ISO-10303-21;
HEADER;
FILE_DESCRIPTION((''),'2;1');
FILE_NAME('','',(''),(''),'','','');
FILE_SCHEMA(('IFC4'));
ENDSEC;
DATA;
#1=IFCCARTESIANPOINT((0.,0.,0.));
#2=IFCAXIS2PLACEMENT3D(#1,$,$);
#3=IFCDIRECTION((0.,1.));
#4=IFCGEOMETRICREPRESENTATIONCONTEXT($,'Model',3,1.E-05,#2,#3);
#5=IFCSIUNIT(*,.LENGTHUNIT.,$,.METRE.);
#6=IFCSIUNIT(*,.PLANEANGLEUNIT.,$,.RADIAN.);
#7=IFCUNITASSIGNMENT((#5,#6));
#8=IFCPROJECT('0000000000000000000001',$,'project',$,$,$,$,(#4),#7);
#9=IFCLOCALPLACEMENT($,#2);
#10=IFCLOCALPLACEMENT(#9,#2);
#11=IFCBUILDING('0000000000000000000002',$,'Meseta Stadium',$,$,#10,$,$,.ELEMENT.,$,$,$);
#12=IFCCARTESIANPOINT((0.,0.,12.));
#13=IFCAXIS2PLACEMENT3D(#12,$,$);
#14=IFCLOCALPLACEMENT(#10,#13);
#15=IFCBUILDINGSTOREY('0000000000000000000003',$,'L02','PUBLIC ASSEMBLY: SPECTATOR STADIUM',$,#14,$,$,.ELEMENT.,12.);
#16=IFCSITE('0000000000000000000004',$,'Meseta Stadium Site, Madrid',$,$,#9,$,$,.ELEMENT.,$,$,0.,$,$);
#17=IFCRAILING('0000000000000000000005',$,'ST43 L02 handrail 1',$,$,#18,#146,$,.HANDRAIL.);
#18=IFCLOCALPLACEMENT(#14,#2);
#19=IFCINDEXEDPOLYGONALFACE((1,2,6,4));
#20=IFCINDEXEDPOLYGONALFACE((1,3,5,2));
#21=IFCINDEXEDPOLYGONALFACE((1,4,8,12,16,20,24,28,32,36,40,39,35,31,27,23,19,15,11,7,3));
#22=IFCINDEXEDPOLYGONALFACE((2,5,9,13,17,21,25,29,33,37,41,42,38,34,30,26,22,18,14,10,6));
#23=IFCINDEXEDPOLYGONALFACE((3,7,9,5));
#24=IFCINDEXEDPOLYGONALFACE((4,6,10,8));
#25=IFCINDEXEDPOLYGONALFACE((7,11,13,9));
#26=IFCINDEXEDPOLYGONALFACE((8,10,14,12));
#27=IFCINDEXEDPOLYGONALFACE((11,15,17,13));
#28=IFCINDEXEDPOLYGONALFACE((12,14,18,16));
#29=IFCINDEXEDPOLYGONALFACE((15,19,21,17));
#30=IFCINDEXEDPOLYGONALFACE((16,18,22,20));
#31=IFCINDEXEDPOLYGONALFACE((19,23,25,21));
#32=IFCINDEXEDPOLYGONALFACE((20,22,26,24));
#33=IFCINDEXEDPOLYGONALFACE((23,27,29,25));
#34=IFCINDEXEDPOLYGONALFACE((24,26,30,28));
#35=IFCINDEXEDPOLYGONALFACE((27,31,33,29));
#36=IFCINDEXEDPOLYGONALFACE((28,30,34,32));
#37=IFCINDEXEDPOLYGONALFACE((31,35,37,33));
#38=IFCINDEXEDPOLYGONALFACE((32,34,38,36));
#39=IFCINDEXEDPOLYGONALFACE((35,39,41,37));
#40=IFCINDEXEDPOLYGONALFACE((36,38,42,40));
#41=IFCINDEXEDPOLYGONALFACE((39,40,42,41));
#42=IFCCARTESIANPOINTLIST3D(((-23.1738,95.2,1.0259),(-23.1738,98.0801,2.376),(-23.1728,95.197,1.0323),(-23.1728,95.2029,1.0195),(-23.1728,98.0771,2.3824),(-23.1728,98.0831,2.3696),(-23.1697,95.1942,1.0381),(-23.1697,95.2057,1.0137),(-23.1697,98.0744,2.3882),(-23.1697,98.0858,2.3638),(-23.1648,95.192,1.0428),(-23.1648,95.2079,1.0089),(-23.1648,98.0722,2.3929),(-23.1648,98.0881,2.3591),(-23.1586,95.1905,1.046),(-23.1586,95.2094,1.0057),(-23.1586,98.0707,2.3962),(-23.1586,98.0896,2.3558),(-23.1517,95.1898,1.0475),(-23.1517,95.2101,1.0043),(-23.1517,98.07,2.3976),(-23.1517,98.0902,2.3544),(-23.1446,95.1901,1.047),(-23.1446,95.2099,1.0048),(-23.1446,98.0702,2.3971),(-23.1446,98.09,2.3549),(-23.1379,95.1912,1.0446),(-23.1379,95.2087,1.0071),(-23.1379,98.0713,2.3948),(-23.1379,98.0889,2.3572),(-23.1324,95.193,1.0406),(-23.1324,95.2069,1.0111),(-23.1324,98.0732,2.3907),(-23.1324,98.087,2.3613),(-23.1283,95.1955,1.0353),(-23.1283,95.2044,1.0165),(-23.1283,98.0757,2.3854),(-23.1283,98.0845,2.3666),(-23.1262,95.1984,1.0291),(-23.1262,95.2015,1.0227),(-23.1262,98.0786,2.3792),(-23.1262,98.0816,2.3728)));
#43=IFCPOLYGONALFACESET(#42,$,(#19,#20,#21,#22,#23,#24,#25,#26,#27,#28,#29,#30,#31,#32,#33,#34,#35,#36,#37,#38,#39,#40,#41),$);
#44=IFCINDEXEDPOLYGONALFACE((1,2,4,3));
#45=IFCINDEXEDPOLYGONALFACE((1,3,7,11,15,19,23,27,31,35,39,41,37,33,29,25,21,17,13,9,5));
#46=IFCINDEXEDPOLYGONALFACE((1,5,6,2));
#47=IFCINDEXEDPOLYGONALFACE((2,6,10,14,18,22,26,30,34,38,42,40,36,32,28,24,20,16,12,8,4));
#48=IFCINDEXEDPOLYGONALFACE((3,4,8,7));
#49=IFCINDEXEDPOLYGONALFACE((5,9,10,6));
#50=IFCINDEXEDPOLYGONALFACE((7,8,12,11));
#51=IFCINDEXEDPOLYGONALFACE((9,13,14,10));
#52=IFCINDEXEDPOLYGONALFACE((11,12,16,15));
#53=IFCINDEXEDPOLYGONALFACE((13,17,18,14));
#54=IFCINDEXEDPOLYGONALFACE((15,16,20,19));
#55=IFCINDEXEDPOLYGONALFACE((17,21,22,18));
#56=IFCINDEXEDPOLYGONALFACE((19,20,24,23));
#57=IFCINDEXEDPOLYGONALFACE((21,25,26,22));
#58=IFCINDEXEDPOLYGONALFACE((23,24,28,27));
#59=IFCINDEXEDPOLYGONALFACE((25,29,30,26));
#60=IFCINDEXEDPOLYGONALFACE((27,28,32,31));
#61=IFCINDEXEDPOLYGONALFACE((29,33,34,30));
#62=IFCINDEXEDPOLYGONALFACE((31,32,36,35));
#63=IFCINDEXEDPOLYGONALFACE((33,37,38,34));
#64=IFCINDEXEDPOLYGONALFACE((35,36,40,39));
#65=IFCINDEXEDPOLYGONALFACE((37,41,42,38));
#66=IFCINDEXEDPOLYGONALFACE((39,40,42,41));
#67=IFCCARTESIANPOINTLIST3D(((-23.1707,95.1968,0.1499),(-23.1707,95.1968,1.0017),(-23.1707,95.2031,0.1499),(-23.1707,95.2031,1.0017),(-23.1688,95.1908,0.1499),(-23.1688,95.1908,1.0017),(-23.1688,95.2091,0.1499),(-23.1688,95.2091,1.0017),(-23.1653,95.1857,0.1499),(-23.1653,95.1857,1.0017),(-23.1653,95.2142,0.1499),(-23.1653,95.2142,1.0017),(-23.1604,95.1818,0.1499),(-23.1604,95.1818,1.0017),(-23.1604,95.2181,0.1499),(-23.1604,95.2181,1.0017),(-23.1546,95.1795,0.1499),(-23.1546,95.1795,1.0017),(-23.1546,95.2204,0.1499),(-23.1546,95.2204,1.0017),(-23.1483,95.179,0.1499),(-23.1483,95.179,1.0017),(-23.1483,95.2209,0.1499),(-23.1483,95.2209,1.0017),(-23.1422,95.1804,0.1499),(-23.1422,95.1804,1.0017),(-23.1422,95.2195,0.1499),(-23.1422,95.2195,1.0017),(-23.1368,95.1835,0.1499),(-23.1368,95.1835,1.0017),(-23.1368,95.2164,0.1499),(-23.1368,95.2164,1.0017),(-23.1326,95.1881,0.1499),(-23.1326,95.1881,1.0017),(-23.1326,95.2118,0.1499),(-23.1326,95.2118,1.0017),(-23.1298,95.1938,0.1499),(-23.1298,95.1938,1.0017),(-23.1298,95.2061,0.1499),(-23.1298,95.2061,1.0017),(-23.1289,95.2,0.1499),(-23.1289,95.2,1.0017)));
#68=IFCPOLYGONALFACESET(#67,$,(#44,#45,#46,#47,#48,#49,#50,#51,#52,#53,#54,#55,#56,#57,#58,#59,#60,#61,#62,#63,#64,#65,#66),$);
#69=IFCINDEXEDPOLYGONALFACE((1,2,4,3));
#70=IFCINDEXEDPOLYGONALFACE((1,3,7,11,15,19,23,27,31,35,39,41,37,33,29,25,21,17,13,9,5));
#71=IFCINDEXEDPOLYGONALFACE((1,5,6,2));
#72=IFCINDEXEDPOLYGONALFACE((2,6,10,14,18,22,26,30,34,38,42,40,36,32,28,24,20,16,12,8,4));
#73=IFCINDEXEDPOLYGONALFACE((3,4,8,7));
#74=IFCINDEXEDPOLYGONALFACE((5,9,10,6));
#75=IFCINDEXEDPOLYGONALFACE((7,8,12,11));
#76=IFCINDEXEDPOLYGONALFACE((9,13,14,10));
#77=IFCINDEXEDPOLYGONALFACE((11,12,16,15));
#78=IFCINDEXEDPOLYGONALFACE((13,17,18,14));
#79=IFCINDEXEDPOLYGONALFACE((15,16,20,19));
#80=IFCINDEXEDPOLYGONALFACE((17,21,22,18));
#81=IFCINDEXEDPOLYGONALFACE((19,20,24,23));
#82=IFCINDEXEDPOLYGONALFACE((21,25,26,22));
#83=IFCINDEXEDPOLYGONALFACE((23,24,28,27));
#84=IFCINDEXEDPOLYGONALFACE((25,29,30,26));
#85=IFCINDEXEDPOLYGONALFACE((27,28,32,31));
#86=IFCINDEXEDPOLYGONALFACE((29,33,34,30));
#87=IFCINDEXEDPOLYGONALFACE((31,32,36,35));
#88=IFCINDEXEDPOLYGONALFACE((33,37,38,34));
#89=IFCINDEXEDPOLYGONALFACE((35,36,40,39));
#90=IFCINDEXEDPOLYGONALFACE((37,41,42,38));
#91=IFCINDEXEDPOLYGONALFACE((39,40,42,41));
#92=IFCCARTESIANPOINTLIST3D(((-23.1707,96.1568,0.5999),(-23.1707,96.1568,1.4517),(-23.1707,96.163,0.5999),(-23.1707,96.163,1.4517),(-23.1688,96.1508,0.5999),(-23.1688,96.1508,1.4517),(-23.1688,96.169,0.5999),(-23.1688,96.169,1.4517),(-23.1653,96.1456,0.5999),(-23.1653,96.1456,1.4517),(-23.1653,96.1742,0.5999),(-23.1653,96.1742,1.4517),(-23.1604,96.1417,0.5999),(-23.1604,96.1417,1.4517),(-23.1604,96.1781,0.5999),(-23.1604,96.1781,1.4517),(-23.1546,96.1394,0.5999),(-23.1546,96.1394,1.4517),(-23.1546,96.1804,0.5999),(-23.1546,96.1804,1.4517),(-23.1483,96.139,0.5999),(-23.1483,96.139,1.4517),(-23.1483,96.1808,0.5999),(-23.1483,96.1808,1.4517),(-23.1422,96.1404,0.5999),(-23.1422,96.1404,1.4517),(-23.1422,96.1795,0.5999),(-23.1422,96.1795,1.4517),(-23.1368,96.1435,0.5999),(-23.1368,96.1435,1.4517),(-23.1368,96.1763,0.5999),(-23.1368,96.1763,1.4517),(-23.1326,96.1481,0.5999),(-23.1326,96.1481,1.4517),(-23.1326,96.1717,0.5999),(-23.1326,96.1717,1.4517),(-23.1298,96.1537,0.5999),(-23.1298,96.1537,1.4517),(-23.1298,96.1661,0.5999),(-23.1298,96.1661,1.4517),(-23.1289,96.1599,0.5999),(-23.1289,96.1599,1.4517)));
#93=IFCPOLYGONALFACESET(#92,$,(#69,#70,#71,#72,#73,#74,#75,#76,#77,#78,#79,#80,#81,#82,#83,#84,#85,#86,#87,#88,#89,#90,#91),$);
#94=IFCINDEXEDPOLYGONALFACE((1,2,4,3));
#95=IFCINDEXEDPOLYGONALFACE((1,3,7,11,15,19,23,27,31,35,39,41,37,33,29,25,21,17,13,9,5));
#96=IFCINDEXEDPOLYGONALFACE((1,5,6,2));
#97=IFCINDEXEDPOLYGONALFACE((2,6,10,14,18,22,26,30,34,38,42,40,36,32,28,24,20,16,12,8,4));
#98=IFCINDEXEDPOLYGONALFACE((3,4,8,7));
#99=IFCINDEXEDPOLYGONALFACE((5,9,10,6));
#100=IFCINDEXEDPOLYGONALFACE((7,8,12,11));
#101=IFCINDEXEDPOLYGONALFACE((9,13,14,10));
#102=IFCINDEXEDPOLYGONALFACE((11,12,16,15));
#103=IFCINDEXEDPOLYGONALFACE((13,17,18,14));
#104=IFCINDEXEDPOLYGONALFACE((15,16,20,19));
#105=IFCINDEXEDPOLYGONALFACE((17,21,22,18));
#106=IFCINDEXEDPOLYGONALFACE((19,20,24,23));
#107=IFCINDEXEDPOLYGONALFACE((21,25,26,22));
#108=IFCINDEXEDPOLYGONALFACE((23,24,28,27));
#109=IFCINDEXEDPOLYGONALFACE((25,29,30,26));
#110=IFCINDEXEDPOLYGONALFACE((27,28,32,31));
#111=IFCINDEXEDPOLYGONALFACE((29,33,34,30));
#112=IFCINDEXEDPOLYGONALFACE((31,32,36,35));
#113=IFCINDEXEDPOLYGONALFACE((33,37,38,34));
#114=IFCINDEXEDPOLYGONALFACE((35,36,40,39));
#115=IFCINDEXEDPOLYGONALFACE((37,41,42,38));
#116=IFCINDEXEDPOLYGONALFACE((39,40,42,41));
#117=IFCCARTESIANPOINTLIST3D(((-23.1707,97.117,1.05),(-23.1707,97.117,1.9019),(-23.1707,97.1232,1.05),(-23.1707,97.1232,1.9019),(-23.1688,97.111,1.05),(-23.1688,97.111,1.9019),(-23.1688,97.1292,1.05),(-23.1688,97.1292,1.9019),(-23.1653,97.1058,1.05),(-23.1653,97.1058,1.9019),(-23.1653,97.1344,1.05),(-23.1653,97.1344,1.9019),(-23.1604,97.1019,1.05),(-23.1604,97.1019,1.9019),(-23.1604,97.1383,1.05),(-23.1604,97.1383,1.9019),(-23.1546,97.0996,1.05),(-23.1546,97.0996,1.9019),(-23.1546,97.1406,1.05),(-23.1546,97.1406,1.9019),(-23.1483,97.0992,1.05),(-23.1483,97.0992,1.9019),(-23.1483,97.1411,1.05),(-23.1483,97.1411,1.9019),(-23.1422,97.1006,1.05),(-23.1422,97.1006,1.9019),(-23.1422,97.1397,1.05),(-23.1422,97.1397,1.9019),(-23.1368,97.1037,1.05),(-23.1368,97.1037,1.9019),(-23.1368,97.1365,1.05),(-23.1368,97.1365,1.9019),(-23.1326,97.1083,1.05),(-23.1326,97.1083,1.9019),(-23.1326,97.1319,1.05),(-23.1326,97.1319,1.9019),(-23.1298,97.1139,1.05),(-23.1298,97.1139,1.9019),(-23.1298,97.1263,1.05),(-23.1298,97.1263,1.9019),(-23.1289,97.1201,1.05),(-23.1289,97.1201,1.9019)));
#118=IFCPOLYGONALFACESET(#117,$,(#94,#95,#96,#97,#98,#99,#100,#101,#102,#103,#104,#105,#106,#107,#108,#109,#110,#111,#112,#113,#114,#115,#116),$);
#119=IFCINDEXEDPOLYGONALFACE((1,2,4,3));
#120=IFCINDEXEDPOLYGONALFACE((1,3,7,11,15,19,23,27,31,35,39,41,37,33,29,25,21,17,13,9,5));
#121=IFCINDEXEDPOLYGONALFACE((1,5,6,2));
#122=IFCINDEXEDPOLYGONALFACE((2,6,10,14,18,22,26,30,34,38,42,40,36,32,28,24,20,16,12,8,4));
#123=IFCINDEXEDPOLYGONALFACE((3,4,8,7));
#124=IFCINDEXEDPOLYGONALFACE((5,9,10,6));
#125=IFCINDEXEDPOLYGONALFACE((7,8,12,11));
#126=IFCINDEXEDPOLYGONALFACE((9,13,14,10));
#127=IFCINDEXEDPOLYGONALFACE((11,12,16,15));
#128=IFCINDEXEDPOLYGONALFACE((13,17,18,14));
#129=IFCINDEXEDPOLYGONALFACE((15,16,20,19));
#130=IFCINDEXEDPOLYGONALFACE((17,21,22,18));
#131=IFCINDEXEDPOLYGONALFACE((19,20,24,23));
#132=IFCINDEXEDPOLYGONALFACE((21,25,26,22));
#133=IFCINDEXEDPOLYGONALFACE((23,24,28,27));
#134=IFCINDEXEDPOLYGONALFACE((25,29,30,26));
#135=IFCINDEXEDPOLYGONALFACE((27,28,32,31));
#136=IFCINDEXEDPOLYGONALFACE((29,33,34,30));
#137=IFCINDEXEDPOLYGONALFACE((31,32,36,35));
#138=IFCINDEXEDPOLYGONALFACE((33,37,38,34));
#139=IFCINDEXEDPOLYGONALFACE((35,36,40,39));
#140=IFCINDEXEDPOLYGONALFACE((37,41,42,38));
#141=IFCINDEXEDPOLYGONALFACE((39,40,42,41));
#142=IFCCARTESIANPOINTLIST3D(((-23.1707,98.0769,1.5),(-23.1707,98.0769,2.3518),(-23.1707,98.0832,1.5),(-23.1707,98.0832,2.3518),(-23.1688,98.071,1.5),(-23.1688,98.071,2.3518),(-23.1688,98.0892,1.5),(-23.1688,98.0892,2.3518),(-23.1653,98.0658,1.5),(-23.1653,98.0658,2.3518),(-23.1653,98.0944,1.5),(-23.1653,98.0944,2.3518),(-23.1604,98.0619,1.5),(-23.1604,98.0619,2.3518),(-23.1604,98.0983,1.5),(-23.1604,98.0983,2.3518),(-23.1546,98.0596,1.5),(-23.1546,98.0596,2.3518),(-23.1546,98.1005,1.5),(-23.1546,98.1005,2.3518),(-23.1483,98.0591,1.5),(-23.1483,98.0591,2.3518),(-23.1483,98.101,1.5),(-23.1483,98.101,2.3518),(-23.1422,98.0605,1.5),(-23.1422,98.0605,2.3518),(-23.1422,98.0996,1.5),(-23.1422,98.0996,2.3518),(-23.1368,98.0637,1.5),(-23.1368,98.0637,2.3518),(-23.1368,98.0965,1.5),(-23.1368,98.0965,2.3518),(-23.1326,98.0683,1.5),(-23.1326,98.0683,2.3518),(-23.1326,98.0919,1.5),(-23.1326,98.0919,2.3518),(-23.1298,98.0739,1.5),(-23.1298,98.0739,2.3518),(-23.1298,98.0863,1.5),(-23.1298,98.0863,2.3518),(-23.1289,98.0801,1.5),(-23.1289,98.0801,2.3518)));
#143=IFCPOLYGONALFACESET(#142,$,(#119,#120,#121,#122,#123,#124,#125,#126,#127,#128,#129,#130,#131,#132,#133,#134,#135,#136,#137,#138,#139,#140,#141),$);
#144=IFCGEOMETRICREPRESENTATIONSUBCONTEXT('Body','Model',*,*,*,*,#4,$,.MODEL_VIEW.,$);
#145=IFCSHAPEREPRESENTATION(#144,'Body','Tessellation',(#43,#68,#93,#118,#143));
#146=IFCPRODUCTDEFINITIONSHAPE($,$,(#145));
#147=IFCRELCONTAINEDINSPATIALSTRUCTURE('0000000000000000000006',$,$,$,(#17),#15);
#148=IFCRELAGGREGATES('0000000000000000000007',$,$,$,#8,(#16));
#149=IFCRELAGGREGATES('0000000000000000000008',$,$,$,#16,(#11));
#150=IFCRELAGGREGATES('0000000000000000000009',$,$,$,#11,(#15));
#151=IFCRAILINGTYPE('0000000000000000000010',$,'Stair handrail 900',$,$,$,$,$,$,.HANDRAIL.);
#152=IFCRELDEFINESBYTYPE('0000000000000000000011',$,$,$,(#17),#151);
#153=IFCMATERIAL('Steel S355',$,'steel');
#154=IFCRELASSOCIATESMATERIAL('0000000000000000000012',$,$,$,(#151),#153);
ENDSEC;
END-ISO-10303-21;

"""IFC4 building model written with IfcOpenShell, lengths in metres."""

from ifc_helpers import new_model, si_unit, direction, frame, origin, origin_2d, place, context, subcontext, project, spatial, circle, extrude, material, type_object, element, save


model = new_model("IFC4")

# Units and contexts
model_context = context("Model", 3, precision=1e-05, world=origin(), true_north=direction((0.0, 1.0)))
body_context = subcontext(model_context, "Body", "Model", "MODEL_VIEW")
ifc_project = project(units=[si_unit("LENGTHUNIT", "METRE"), si_unit("PLANEANGLEUNIT", "RADIAN")], contexts=[model_context])

# Site, building, storey
site_placement = place(None, origin())
site = spatial("IfcSite", under=ifc_project, at=site_placement, Name="Meseta Stadium Site, Madrid", CompositionType="ELEMENT", RefElevation=0.0)
building_placement = place(site_placement, origin())
building = spatial("IfcBuilding", under=site, at=building_placement, Name="Meseta Stadium", CompositionType="ELEMENT")
storey_placement = place(building_placement, frame((0.0, 0.0, 12.0)))
storey = spatial("IfcBuildingStorey", under=building, at=storey_placement, Name="L02", Description="PUBLIC ASSEMBLY: SPECTATOR STADIUM", CompositionType="ELEMENT", Elevation=12.0)

# Railing
ifc_material_1 = material(Name="Steel S355", Category="steel")
railing_type_1 = type_object("IfcRailingType", Name="Stair handrail 900", PredefinedType="HANDRAIL", material=ifc_material_1)
for number, where, name in (
    (1, (-23.1499, 95.2, 0.1499), "ST43 L02 handrail 1"),
):
    element("IfcRailing", number, at=place(storey_placement, frame(where)), inside=storey, type_object=railing_type_1, Name=name, PredefinedType="HANDRAIL", context=body_context, shape_type="SweptSolid", body=[
        extrude(circle(Radius=0.0239, at=origin_2d()), frame((0.0, 0.0, 0.876), z_axis=(0.0, 0.905454, 0.424444), x_axis=(-1.0, 0.0, 0.0)), (0.0, 0.0, 1.0), 3.1809),
        extrude(circle(Radius=0.021, at=origin_2d()), origin(), (0.0, 0.0, 1.0), 0.8518),
        extrude(circle(Radius=0.021, at=origin_2d()), frame((0.0, 0.96, 0.45)), (0.0, 0.0, 1.0), 0.8518),
        extrude(circle(Radius=0.021, at=origin_2d()), frame((0.0, 1.9202, 0.9001)), (0.0, 0.0, 1.0), 0.8518),
        extrude(circle(Radius=0.021, at=origin_2d()), frame((0.0, 2.8801, 1.3501)), (0.0, 0.0, 1.0), 0.8518),
    ])

save(model, "model.ifc")
